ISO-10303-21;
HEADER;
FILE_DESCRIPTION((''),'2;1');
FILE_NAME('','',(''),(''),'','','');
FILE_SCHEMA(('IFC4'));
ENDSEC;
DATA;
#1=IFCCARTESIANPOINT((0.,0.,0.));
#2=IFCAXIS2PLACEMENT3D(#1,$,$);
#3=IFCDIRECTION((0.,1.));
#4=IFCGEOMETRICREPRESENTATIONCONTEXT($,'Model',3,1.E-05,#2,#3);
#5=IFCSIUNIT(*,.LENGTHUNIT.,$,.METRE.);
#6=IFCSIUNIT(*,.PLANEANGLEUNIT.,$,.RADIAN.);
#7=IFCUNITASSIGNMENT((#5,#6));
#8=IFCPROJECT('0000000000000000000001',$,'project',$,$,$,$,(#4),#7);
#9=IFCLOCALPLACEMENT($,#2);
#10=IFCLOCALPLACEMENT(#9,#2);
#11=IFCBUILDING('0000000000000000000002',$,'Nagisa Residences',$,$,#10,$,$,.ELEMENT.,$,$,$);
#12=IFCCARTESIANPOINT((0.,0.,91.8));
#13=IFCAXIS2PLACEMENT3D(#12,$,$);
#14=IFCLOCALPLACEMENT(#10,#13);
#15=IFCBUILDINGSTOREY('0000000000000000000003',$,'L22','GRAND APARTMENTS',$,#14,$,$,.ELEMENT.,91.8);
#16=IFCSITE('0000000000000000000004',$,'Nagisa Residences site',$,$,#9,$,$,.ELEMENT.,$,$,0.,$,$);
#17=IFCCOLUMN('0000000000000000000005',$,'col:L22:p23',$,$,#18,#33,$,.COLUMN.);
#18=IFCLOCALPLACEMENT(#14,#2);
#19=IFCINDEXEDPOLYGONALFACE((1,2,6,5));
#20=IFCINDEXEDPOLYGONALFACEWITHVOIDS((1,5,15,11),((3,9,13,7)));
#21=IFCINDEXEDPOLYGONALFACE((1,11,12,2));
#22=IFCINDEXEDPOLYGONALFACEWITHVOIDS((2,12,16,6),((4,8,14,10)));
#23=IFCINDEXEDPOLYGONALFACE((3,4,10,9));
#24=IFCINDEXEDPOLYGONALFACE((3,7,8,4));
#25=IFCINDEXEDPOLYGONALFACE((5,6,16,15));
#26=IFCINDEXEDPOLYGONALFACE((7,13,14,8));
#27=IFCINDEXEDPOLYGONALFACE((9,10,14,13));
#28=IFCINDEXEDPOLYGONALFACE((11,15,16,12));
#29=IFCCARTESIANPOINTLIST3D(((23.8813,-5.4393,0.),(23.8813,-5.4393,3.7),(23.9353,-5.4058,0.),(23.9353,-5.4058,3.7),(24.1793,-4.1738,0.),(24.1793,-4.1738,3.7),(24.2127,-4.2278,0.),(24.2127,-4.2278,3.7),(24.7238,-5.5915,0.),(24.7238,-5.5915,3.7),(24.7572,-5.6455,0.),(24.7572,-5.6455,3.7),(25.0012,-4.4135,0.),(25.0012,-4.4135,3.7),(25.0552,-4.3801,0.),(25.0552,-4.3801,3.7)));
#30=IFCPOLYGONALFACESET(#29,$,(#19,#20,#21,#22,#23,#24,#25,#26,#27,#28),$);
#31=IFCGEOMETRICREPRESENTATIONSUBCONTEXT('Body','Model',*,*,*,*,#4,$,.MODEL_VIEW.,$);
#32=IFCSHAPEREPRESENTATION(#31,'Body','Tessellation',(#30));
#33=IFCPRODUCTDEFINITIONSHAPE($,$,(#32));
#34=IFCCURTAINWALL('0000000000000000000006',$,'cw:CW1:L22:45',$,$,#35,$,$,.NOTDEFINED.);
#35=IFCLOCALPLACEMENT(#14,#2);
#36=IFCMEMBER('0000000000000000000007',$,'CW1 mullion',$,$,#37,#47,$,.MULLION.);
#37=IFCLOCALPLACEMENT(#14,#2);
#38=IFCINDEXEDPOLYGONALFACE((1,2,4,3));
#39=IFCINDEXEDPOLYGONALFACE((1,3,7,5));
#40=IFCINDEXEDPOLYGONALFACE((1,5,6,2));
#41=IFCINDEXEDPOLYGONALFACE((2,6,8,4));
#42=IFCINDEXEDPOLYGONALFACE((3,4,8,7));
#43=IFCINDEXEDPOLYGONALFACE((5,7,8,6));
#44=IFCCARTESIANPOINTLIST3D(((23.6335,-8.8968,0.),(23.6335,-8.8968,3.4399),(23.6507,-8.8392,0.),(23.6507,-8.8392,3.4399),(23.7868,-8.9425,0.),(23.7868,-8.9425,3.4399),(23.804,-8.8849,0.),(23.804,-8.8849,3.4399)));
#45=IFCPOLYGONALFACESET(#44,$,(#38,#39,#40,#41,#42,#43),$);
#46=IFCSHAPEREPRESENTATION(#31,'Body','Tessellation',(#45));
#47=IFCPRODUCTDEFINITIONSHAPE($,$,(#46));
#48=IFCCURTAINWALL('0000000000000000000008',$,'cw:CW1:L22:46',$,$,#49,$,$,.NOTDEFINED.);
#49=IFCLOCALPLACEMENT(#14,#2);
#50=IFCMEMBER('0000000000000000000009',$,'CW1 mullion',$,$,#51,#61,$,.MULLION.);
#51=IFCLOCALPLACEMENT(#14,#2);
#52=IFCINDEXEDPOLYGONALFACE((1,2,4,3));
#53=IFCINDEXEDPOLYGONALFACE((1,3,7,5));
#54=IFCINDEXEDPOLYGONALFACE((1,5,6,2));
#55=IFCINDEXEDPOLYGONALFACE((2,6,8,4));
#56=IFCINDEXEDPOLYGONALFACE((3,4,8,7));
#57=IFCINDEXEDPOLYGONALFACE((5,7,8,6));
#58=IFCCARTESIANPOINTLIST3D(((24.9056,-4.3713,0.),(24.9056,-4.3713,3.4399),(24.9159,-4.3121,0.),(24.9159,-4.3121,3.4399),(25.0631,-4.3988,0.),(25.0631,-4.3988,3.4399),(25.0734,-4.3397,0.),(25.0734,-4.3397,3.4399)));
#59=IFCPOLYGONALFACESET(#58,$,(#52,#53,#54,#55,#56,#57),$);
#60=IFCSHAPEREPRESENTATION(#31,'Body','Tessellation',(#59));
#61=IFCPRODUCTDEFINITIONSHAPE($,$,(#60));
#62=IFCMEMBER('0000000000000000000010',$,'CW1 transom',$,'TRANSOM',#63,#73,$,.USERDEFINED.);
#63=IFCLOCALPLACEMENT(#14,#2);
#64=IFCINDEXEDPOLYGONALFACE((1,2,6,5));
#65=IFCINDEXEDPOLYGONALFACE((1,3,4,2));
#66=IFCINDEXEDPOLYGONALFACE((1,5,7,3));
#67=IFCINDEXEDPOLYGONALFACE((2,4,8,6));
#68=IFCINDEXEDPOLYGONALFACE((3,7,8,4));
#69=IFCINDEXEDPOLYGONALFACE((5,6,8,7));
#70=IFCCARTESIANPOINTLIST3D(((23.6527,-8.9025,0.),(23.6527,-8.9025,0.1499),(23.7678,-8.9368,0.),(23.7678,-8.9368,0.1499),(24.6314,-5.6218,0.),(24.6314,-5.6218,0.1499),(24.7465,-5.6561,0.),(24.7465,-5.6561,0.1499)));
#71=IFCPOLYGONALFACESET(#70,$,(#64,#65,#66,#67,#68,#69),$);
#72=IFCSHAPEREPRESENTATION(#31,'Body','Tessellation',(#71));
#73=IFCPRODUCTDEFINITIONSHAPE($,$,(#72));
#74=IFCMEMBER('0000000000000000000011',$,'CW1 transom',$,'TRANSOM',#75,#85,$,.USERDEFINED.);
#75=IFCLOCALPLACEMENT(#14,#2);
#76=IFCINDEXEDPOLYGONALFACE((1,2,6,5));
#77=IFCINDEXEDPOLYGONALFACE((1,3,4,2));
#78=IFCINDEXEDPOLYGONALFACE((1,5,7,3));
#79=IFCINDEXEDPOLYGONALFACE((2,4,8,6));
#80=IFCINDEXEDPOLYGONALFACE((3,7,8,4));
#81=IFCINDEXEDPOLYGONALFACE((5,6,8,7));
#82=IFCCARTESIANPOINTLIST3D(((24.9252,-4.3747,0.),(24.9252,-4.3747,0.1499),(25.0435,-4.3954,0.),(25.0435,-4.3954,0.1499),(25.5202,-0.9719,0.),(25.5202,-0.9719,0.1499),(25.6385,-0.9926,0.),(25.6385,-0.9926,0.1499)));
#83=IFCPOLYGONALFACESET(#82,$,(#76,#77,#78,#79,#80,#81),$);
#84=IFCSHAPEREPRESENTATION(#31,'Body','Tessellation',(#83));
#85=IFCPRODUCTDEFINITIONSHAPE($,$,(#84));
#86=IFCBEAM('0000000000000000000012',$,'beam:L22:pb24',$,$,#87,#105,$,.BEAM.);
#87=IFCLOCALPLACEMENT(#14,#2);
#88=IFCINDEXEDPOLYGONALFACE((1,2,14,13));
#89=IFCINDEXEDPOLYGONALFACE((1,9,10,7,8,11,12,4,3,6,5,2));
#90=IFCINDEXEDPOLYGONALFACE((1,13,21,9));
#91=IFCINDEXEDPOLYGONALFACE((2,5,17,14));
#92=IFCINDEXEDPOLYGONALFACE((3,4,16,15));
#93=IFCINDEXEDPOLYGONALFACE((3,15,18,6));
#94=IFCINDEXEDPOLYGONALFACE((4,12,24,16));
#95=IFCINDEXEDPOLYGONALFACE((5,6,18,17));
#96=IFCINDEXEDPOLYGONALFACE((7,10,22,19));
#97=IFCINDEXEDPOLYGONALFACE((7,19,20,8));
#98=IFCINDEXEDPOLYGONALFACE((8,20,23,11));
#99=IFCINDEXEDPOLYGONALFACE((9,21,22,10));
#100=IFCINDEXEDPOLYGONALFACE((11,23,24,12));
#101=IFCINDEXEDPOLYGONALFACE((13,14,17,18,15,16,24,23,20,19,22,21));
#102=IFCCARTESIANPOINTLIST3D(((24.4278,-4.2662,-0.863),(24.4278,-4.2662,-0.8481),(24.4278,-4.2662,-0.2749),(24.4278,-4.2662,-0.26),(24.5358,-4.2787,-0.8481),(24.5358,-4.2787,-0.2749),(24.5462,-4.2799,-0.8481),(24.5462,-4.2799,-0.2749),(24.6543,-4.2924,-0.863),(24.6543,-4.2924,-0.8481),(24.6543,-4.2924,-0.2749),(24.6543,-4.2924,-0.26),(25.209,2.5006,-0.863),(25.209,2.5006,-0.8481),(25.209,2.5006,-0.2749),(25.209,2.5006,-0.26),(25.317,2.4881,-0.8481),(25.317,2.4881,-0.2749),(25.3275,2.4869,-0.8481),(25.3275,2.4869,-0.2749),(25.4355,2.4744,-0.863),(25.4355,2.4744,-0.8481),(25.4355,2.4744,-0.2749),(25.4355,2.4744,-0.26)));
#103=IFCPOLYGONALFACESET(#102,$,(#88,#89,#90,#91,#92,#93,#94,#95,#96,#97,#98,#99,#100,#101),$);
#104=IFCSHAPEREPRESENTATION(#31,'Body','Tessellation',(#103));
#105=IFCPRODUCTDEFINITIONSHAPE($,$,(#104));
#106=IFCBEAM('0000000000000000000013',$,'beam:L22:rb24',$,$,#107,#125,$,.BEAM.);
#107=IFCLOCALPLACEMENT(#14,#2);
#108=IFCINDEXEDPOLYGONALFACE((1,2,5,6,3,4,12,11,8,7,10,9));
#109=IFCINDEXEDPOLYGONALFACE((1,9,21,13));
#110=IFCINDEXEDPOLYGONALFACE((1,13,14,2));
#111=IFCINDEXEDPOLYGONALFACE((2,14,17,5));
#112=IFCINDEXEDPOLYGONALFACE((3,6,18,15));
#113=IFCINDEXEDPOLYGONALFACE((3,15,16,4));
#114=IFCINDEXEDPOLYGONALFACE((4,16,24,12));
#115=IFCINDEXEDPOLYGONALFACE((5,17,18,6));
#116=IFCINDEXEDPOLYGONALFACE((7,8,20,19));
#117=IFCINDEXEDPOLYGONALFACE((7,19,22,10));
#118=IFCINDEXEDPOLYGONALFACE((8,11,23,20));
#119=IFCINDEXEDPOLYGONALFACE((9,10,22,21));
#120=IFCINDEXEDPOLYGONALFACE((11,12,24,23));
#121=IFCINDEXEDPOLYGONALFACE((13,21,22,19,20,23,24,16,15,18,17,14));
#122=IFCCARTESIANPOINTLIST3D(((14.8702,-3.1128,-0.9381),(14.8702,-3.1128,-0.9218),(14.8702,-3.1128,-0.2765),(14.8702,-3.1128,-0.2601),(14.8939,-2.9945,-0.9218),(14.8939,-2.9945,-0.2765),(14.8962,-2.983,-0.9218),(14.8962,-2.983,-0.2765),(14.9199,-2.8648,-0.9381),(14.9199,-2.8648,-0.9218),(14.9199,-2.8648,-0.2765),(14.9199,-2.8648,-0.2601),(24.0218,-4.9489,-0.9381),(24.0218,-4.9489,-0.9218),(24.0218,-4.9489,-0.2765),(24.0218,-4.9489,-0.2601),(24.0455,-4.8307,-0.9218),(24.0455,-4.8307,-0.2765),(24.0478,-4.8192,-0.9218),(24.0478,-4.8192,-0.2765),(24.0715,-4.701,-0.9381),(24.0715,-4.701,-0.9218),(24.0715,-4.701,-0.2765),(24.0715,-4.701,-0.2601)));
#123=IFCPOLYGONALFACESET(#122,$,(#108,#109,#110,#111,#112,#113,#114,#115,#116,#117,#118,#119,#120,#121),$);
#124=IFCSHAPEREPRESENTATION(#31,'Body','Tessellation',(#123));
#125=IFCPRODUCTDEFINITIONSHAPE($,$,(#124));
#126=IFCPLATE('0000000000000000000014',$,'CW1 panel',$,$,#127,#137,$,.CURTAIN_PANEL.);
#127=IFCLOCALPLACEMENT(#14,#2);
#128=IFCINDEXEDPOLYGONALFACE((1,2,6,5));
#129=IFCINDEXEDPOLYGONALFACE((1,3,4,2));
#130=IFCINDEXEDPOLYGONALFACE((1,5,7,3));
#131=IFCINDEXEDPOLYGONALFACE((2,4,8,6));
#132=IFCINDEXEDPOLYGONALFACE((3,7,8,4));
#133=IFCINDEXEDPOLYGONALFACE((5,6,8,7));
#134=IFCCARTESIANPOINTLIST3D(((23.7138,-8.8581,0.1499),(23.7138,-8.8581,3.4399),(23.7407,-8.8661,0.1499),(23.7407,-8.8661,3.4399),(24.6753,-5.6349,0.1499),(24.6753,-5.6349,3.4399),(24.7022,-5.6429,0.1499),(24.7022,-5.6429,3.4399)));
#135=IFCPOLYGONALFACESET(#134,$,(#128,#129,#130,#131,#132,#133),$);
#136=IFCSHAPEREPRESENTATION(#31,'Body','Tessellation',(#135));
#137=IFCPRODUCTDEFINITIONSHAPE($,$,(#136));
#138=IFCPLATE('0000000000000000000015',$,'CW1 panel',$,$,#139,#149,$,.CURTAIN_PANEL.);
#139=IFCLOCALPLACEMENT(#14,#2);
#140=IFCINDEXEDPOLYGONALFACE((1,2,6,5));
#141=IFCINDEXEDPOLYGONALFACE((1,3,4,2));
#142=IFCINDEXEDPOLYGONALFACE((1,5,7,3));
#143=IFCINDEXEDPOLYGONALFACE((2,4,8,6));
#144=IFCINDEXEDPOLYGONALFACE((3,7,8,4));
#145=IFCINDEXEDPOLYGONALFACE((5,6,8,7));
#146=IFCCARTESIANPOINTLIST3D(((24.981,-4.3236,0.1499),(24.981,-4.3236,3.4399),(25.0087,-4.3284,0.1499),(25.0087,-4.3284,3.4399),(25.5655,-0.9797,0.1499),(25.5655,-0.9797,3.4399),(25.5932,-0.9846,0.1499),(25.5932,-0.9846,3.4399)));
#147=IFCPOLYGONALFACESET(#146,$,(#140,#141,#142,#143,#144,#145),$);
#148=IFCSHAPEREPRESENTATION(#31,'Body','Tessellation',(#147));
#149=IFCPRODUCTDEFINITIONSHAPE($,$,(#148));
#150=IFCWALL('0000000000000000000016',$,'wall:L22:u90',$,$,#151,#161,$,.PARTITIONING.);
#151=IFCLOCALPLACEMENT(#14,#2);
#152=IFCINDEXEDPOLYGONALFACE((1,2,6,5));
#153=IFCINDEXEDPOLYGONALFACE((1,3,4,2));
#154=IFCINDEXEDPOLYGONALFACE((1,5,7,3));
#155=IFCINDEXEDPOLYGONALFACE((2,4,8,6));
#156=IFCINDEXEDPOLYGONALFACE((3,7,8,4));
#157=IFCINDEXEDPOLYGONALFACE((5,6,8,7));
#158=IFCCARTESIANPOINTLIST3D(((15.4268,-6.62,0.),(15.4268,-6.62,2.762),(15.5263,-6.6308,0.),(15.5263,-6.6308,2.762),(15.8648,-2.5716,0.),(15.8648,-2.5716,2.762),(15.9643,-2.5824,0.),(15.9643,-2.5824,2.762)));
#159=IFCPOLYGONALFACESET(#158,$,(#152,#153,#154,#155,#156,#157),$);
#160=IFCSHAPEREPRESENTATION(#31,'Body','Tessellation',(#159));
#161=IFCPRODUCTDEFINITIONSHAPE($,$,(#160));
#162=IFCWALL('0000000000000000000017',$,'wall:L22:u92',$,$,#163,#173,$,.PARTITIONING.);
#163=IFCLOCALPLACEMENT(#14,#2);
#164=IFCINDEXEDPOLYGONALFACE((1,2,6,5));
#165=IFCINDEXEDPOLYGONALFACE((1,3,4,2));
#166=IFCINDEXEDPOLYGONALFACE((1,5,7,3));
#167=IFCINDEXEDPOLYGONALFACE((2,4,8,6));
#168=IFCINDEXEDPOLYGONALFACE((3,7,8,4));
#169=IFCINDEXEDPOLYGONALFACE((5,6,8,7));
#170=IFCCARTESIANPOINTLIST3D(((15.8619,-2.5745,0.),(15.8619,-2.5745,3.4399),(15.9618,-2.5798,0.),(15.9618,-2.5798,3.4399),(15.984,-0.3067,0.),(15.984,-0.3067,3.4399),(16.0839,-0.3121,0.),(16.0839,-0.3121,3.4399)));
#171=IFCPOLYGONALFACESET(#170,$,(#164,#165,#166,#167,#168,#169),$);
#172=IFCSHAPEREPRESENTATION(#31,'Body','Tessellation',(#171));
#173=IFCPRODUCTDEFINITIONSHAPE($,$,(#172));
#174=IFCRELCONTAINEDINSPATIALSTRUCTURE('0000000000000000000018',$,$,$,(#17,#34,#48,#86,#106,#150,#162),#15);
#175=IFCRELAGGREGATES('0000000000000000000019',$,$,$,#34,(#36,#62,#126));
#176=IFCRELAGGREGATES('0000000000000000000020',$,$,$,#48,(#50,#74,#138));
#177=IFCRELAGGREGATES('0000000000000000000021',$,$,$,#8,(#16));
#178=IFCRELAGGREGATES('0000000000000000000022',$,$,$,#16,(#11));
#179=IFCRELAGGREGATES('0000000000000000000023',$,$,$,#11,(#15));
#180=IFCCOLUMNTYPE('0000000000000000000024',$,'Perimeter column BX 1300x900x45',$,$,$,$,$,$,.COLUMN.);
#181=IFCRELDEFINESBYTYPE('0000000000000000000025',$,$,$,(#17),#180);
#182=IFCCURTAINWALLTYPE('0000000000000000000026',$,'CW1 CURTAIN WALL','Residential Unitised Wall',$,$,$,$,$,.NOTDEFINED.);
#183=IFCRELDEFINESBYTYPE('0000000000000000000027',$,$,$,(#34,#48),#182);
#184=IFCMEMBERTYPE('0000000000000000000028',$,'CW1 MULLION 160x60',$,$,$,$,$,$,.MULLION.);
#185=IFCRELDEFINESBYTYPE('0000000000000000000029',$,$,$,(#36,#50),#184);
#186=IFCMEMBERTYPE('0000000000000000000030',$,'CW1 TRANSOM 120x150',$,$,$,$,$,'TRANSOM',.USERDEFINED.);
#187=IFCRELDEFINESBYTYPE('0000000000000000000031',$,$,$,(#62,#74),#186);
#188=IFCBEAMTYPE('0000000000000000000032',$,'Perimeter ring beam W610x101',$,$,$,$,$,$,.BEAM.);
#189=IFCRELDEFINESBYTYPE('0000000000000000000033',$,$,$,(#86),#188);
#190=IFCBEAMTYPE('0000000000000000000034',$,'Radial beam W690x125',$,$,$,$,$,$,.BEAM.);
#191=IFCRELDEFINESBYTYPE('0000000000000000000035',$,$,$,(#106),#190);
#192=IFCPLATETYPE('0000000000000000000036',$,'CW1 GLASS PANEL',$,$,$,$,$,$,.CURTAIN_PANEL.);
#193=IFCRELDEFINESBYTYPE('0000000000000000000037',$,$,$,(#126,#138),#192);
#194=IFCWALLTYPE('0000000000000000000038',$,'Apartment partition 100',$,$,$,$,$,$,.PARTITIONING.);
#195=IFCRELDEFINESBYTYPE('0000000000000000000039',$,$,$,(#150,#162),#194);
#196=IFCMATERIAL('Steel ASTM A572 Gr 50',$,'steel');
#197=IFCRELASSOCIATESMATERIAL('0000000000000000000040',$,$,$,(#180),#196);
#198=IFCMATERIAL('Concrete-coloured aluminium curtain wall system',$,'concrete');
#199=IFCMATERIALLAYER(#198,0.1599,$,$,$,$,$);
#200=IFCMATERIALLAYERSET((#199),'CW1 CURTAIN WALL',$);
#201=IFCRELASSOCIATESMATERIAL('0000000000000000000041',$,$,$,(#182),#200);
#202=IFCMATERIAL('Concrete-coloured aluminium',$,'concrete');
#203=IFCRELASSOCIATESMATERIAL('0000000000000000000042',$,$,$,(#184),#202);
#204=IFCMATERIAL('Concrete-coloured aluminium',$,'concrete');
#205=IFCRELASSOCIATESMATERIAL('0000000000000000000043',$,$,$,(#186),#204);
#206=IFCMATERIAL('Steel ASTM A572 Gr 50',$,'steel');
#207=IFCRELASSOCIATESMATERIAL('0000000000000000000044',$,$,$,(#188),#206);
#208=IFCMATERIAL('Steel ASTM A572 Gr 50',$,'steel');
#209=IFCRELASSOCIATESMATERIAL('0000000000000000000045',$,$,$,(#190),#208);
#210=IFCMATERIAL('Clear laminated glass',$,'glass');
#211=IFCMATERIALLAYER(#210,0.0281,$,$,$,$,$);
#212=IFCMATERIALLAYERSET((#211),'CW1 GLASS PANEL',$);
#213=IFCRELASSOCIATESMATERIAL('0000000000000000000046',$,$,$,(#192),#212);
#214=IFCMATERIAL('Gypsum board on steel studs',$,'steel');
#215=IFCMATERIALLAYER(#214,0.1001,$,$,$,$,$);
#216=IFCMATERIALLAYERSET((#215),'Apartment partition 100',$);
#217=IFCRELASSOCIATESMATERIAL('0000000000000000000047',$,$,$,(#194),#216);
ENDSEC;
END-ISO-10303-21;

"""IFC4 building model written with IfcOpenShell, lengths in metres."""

from ifc_helpers import new_model, si_unit, direction, frame, frame_2d, origin, origin_2d, place, context, subcontext, project, spatial, rectangle, hollow_rectangle, i_section, extrude, material, layer, layer_set, material_profile, profile_set, type_object, element, aggregate, save


model = new_model("IFC4")

# Units and contexts
model_context = context("Model", 3, precision=1e-05, world=origin(), true_north=direction((0.0, 1.0)))
body_context = subcontext(model_context, "Body", "Model", "MODEL_VIEW")
ifc_project = project(units=[si_unit("LENGTHUNIT", "METRE"), si_unit("PLANEANGLEUNIT", "RADIAN")], contexts=[model_context])

# Site, building, storey
site_placement = place(None, origin())
site = spatial("IfcSite", under=ifc_project, at=site_placement, Name="Nagisa Residences site", CompositionType="ELEMENT", RefElevation=0.0)
building_placement = place(site_placement, origin())
building = spatial("IfcBuilding", under=site, at=building_placement, Name="Nagisa Residences", CompositionType="ELEMENT")
storey_placement = place(building_placement, frame((0.0, 0.0, 91.8)))
storey = spatial("IfcBuildingStorey", under=building, at=storey_placement, Name="L22", Description="GRAND APARTMENTS", CompositionType="ELEMENT", Elevation=91.8)

# Column
ifc_material_1 = material(Name="Steel ASTM A572 Gr 50", Category="steel")
ifc_material_profile_1 = material_profile(ifc_material_1, hollow_rectangle(XDim=1.3, YDim=0.8999, WallThickness=0.0449, at=origin_2d()), Name="BX 1300x900x45")
ifc_profile_set_1 = profile_set([ifc_material_profile_1], Name="Steel ASTM A572 Gr 50")
column_type = type_object("IfcColumnType", Name="Perimeter column BX 1300x900x45", PredefinedType="COLUMN", material=ifc_profile_set_1)
column_placement = place(storey_placement, frame((24.4683, -4.9097, 0.0), z_axis=(0.0, 0.0, 1.0), x_axis=(0.229202, 0.973379, 0.0)))
element("IfcColumn", 1, at=column_placement, inside=storey, type_object=column_type, Name="col:L22:p23", PredefinedType="COLUMN", context=body_context, shape_type="SweptSolid", body=[
    extrude(hollow_rectangle(XDim=1.3, YDim=0.8999, WallThickness=0.0449, at=origin_2d()), origin(), (0.0, 0.0, 1.0), 3.7),
])

# Curtain walls, members
ifc_material_2 = material(Name="Concrete-coloured aluminium curtain wall system", Category="concrete")
ifc_layer_1 = layer(ifc_material_2, 0.1599)
ifc_layer_set_1 = layer_set([ifc_layer_1], Name="CW1 CURTAIN WALL")
curtain_wall_type = type_object("IfcCurtainWallType", Name="CW1 CURTAIN WALL", Description="Residential Unitised Wall", PredefinedType="NOTDEFINED", material=ifc_layer_set_1)
curtain_wall_1_placement = place(storey_placement, origin())
curtain_wall_1 = element("IfcCurtainWall", 2, at=curtain_wall_1_placement, inside=storey, type_object=curtain_wall_type, Name="cw:CW1:L22:45", PredefinedType="NOTDEFINED")
ifc_material_3 = material(Name="Concrete-coloured aluminium", Category="concrete")
ifc_material_profile_2 = material_profile(ifc_material_3, rectangle(XDim=0.1599, YDim=0.0601, at=origin_2d()), Name="CW1 MULLION 160x60")
ifc_profile_set_2 = profile_set([ifc_material_profile_2], Name="Concrete-coloured aluminium")
member_type_1 = type_object("IfcMemberType", Name="CW1 MULLION 160x60", PredefinedType="MULLION", material=ifc_profile_set_2)
member_1_placement = place(storey_placement, frame((23.7188, -8.8909, 0.0), z_axis=(0.0, 0.0, 1.0), x_axis=(-0.958271, 0.28586, 0.0)))
member_1 = element("IfcMember", 3, at=member_1_placement, type_object=member_type_1, Name="CW1 mullion", PredefinedType="MULLION", context=body_context, shape_type="SweptSolid", body=[
    extrude(rectangle(XDim=0.1599, YDim=0.0601, at=origin_2d()), origin(), (0.0, 0.0, 1.0), 3.4399),
])
curtain_wall_2_placement = place(storey_placement, origin())
curtain_wall_2 = element("IfcCurtainWall", 4, at=curtain_wall_2_placement, inside=storey, type_object=curtain_wall_type, Name="cw:CW1:L22:46", PredefinedType="NOTDEFINED")
member_2_placement = place(storey_placement, frame((24.9895, -4.3555, 0.0), z_axis=(0.0, 0.0, 1.0), x_axis=(-0.985064, 0.172191, 0.0)))
member_2 = element("IfcMember", 5, at=member_2_placement, type_object=member_type_1, Name="CW1 mullion", PredefinedType="MULLION", context=body_context, shape_type="SweptSolid", body=[
    extrude(rectangle(XDim=0.1599, YDim=0.0601, at=origin_2d()), origin(), (0.0, 0.0, 1.0), 3.4399),
])

# Members
ifc_material_4 = material(Name="Concrete-coloured aluminium", Category="concrete")
ifc_material_profile_3 = material_profile(ifc_material_4, rectangle(XDim=0.1201, YDim=0.1499, at=origin_2d()), Name="CW1 TRANSOM 120x150")
ifc_profile_set_3 = profile_set([ifc_material_profile_3], Name="Concrete-coloured aluminium")
member_type_2 = type_object("IfcMemberType", Name="CW1 TRANSOM 120x150", ElementType="TRANSOM", PredefinedType="USERDEFINED", material=ifc_profile_set_3)
member_3_placement = place(storey_placement, frame((23.7102, -8.9197, 0.075), z_axis=(0.285882, 0.958265, 0.0), x_axis=(-0.958265, 0.285882, 0.0)))
member_3 = element("IfcMember", 6, at=member_3_placement, type_object=member_type_2, Name="CW1 transom", ObjectType="TRANSOM", PredefinedType="USERDEFINED", context=body_context, shape_type="SweptSolid", body=[
    extrude(rectangle(XDim=0.1201, YDim=0.1499, at=origin_2d()), origin(), (0.0, 0.0, 1.0), 3.4236),
])
member_4_placement = place(storey_placement, frame((24.9844, -4.385, 0.075), z_axis=(0.172233, 0.985056, 0.0), x_axis=(-0.985056, 0.172233, 0.0)))
member_4 = element("IfcMember", 7, at=member_4_placement, type_object=member_type_2, Name="CW1 transom", ObjectType="TRANSOM", PredefinedType="USERDEFINED", context=body_context, shape_type="SweptSolid", body=[
    extrude(rectangle(XDim=0.1201, YDim=0.1499, at=origin_2d()), origin(), (0.0, 0.0, 1.0), 3.4543),
])

# Beams
ifc_material_5 = material(Name="Steel ASTM A572 Gr 50", Category="steel")
ifc_material_profile_4 = material_profile(ifc_material_5, i_section(OverallWidth=0.228, OverallDepth=0.603, WebThickness=0.0105, FlangeThickness=0.0149, at=origin_2d()), Name="W610x101")
ifc_profile_set_4 = profile_set([ifc_material_profile_4], Name="Steel ASTM A572 Gr 50")
beam_type_1 = type_object("IfcBeamType", Name="Perimeter ring beam W610x101", PredefinedType="BEAM", material=ifc_profile_set_4)
beam_1_placement = place(storey_placement, frame((24.541, -4.2793, -0.5615), z_axis=(0.114691, 0.993401, 0.0), x_axis=(-0.993401, 0.114691, 0.0)))
element("IfcBeam", 8, at=beam_1_placement, inside=storey, type_object=beam_type_1, Name="beam:L22:pb24", PredefinedType="BEAM", context=body_context, shape_type="SweptSolid", body=[
    extrude(i_section(OverallWidth=0.228, OverallDepth=0.603, WebThickness=0.0105, FlangeThickness=0.0149, at=origin_2d()), origin(), (0.0, 0.0, 1.0), 6.8118),
])
ifc_material_6 = material(Name="Steel ASTM A572 Gr 50", Category="steel")
ifc_material_profile_5 = material_profile(ifc_material_6, i_section(OverallWidth=0.2529, OverallDepth=0.678, WebThickness=0.0117, FlangeThickness=0.0164, at=origin_2d()), Name="W690x125")
ifc_profile_set_5 = profile_set([ifc_material_profile_5], Name="Steel ASTM A572 Gr 50")
beam_type_2 = type_object("IfcBeamType", Name="Radial beam W690x125", PredefinedType="BEAM", material=ifc_profile_set_5)
beam_2_placement = place(storey_placement, frame((24.0466, -4.825, -0.5991), z_axis=(-0.98046, 0.19672, 0.0), x_axis=(-0.19672, -0.98046, 0.0)))
element("IfcBeam", 9, at=beam_2_placement, inside=storey, type_object=beam_type_2, Name="beam:L22:rb24", PredefinedType="BEAM", context=body_context, shape_type="SweptSolid", body=[
    extrude(i_section(OverallWidth=0.2529, OverallDepth=0.678, WebThickness=0.0117, FlangeThickness=0.0164, at=origin_2d()), origin(), (0.0, 0.0, 1.0), 9.334),
])

# Plates
ifc_material_7 = material(Name="Clear laminated glass", Category="glass")
ifc_layer_2 = layer(ifc_material_7, 0.0281)
ifc_layer_set_2 = layer_set([ifc_layer_2], Name="CW1 GLASS PANEL")
plate_type = type_object("IfcPlateType", Name="CW1 GLASS PANEL", PredefinedType="CURTAIN_PANEL", material=ifc_layer_set_2)
plate_1_placement = place(storey_placement, frame((24.208, -7.2505, 0.1499), z_axis=(0.0, 0.0, 1.0), x_axis=(0.28586, 0.958271, 0.0)))
plate_1 = element("IfcPlate", 10, at=plate_1_placement, type_object=plate_type, Name="CW1 panel", PredefinedType="CURTAIN_PANEL", context=body_context, shape_type="SweptSolid", body=[
    extrude(rectangle(XDim=3.3635, YDim=0.0281, at=origin_2d()), origin(), (0.0, 0.0, 1.0), 3.29),
])
aggregate(curtain_wall_1, [member_1, member_3, plate_1])
plate_2_placement = place(storey_placement, frame((25.2871, -2.6541, 0.1499), z_axis=(0.0, 0.0, 1.0), x_axis=(0.172191, 0.985064, 0.0)))
plate_2 = element("IfcPlate", 11, at=plate_2_placement, type_object=plate_type, Name="CW1 panel", PredefinedType="CURTAIN_PANEL", context=body_context, shape_type="SweptSolid", body=[
    extrude(rectangle(XDim=3.3945, YDim=0.0281, at=origin_2d()), origin(), (0.0, 0.0, 1.0), 3.29),
])
aggregate(curtain_wall_2, [member_2, member_4, plate_2])

# Walls
ifc_material_8 = material(Name="Gypsum board on steel studs", Category="steel")
ifc_layer_3 = layer(ifc_material_8, 0.1001)
ifc_layer_set_3 = layer_set([ifc_layer_3], Name="Apartment partition 100")
wall_type_1 = type_object("IfcWallType", Name="Apartment partition 100", PredefinedType="PARTITIONING", material=ifc_layer_set_3)
wall_1_placement = place(storey_placement, frame((15.4766, -6.6255, 0.0), z_axis=(0.0, 0.0, 1.0), x_axis=(0.107562, 0.994198, 0.0)))
element("IfcWall", 12, at=wall_1_placement, inside=storey, type_object=wall_type_1, Name="wall:L22:u90", PredefinedType="PARTITIONING", context=body_context, shape_type="SweptSolid", body=[
    extrude(rectangle(XDim=4.072, YDim=0.1001, at=frame_2d((2.0361, 0.0))), origin(), (0.0, 0.0, 1.0), 2.762),
])
wall_2_placement = place(storey_placement, frame((15.9119, -2.5771, 0.0), z_axis=(0.0, 0.0, 1.0), x_axis=(0.053749, 0.998554, 0.0)))
element("IfcWall", 13, at=wall_2_placement, inside=storey, type_object=wall_type_1, Name="wall:L22:u92", PredefinedType="PARTITIONING", context=body_context, shape_type="SweptSolid", body=[
    extrude(rectangle(XDim=2.271, YDim=0.1001, at=frame_2d((1.1355, 0.0))), origin(), (0.0, 0.0, 1.0), 3.4399),
])

save(model, "model.ifc")
